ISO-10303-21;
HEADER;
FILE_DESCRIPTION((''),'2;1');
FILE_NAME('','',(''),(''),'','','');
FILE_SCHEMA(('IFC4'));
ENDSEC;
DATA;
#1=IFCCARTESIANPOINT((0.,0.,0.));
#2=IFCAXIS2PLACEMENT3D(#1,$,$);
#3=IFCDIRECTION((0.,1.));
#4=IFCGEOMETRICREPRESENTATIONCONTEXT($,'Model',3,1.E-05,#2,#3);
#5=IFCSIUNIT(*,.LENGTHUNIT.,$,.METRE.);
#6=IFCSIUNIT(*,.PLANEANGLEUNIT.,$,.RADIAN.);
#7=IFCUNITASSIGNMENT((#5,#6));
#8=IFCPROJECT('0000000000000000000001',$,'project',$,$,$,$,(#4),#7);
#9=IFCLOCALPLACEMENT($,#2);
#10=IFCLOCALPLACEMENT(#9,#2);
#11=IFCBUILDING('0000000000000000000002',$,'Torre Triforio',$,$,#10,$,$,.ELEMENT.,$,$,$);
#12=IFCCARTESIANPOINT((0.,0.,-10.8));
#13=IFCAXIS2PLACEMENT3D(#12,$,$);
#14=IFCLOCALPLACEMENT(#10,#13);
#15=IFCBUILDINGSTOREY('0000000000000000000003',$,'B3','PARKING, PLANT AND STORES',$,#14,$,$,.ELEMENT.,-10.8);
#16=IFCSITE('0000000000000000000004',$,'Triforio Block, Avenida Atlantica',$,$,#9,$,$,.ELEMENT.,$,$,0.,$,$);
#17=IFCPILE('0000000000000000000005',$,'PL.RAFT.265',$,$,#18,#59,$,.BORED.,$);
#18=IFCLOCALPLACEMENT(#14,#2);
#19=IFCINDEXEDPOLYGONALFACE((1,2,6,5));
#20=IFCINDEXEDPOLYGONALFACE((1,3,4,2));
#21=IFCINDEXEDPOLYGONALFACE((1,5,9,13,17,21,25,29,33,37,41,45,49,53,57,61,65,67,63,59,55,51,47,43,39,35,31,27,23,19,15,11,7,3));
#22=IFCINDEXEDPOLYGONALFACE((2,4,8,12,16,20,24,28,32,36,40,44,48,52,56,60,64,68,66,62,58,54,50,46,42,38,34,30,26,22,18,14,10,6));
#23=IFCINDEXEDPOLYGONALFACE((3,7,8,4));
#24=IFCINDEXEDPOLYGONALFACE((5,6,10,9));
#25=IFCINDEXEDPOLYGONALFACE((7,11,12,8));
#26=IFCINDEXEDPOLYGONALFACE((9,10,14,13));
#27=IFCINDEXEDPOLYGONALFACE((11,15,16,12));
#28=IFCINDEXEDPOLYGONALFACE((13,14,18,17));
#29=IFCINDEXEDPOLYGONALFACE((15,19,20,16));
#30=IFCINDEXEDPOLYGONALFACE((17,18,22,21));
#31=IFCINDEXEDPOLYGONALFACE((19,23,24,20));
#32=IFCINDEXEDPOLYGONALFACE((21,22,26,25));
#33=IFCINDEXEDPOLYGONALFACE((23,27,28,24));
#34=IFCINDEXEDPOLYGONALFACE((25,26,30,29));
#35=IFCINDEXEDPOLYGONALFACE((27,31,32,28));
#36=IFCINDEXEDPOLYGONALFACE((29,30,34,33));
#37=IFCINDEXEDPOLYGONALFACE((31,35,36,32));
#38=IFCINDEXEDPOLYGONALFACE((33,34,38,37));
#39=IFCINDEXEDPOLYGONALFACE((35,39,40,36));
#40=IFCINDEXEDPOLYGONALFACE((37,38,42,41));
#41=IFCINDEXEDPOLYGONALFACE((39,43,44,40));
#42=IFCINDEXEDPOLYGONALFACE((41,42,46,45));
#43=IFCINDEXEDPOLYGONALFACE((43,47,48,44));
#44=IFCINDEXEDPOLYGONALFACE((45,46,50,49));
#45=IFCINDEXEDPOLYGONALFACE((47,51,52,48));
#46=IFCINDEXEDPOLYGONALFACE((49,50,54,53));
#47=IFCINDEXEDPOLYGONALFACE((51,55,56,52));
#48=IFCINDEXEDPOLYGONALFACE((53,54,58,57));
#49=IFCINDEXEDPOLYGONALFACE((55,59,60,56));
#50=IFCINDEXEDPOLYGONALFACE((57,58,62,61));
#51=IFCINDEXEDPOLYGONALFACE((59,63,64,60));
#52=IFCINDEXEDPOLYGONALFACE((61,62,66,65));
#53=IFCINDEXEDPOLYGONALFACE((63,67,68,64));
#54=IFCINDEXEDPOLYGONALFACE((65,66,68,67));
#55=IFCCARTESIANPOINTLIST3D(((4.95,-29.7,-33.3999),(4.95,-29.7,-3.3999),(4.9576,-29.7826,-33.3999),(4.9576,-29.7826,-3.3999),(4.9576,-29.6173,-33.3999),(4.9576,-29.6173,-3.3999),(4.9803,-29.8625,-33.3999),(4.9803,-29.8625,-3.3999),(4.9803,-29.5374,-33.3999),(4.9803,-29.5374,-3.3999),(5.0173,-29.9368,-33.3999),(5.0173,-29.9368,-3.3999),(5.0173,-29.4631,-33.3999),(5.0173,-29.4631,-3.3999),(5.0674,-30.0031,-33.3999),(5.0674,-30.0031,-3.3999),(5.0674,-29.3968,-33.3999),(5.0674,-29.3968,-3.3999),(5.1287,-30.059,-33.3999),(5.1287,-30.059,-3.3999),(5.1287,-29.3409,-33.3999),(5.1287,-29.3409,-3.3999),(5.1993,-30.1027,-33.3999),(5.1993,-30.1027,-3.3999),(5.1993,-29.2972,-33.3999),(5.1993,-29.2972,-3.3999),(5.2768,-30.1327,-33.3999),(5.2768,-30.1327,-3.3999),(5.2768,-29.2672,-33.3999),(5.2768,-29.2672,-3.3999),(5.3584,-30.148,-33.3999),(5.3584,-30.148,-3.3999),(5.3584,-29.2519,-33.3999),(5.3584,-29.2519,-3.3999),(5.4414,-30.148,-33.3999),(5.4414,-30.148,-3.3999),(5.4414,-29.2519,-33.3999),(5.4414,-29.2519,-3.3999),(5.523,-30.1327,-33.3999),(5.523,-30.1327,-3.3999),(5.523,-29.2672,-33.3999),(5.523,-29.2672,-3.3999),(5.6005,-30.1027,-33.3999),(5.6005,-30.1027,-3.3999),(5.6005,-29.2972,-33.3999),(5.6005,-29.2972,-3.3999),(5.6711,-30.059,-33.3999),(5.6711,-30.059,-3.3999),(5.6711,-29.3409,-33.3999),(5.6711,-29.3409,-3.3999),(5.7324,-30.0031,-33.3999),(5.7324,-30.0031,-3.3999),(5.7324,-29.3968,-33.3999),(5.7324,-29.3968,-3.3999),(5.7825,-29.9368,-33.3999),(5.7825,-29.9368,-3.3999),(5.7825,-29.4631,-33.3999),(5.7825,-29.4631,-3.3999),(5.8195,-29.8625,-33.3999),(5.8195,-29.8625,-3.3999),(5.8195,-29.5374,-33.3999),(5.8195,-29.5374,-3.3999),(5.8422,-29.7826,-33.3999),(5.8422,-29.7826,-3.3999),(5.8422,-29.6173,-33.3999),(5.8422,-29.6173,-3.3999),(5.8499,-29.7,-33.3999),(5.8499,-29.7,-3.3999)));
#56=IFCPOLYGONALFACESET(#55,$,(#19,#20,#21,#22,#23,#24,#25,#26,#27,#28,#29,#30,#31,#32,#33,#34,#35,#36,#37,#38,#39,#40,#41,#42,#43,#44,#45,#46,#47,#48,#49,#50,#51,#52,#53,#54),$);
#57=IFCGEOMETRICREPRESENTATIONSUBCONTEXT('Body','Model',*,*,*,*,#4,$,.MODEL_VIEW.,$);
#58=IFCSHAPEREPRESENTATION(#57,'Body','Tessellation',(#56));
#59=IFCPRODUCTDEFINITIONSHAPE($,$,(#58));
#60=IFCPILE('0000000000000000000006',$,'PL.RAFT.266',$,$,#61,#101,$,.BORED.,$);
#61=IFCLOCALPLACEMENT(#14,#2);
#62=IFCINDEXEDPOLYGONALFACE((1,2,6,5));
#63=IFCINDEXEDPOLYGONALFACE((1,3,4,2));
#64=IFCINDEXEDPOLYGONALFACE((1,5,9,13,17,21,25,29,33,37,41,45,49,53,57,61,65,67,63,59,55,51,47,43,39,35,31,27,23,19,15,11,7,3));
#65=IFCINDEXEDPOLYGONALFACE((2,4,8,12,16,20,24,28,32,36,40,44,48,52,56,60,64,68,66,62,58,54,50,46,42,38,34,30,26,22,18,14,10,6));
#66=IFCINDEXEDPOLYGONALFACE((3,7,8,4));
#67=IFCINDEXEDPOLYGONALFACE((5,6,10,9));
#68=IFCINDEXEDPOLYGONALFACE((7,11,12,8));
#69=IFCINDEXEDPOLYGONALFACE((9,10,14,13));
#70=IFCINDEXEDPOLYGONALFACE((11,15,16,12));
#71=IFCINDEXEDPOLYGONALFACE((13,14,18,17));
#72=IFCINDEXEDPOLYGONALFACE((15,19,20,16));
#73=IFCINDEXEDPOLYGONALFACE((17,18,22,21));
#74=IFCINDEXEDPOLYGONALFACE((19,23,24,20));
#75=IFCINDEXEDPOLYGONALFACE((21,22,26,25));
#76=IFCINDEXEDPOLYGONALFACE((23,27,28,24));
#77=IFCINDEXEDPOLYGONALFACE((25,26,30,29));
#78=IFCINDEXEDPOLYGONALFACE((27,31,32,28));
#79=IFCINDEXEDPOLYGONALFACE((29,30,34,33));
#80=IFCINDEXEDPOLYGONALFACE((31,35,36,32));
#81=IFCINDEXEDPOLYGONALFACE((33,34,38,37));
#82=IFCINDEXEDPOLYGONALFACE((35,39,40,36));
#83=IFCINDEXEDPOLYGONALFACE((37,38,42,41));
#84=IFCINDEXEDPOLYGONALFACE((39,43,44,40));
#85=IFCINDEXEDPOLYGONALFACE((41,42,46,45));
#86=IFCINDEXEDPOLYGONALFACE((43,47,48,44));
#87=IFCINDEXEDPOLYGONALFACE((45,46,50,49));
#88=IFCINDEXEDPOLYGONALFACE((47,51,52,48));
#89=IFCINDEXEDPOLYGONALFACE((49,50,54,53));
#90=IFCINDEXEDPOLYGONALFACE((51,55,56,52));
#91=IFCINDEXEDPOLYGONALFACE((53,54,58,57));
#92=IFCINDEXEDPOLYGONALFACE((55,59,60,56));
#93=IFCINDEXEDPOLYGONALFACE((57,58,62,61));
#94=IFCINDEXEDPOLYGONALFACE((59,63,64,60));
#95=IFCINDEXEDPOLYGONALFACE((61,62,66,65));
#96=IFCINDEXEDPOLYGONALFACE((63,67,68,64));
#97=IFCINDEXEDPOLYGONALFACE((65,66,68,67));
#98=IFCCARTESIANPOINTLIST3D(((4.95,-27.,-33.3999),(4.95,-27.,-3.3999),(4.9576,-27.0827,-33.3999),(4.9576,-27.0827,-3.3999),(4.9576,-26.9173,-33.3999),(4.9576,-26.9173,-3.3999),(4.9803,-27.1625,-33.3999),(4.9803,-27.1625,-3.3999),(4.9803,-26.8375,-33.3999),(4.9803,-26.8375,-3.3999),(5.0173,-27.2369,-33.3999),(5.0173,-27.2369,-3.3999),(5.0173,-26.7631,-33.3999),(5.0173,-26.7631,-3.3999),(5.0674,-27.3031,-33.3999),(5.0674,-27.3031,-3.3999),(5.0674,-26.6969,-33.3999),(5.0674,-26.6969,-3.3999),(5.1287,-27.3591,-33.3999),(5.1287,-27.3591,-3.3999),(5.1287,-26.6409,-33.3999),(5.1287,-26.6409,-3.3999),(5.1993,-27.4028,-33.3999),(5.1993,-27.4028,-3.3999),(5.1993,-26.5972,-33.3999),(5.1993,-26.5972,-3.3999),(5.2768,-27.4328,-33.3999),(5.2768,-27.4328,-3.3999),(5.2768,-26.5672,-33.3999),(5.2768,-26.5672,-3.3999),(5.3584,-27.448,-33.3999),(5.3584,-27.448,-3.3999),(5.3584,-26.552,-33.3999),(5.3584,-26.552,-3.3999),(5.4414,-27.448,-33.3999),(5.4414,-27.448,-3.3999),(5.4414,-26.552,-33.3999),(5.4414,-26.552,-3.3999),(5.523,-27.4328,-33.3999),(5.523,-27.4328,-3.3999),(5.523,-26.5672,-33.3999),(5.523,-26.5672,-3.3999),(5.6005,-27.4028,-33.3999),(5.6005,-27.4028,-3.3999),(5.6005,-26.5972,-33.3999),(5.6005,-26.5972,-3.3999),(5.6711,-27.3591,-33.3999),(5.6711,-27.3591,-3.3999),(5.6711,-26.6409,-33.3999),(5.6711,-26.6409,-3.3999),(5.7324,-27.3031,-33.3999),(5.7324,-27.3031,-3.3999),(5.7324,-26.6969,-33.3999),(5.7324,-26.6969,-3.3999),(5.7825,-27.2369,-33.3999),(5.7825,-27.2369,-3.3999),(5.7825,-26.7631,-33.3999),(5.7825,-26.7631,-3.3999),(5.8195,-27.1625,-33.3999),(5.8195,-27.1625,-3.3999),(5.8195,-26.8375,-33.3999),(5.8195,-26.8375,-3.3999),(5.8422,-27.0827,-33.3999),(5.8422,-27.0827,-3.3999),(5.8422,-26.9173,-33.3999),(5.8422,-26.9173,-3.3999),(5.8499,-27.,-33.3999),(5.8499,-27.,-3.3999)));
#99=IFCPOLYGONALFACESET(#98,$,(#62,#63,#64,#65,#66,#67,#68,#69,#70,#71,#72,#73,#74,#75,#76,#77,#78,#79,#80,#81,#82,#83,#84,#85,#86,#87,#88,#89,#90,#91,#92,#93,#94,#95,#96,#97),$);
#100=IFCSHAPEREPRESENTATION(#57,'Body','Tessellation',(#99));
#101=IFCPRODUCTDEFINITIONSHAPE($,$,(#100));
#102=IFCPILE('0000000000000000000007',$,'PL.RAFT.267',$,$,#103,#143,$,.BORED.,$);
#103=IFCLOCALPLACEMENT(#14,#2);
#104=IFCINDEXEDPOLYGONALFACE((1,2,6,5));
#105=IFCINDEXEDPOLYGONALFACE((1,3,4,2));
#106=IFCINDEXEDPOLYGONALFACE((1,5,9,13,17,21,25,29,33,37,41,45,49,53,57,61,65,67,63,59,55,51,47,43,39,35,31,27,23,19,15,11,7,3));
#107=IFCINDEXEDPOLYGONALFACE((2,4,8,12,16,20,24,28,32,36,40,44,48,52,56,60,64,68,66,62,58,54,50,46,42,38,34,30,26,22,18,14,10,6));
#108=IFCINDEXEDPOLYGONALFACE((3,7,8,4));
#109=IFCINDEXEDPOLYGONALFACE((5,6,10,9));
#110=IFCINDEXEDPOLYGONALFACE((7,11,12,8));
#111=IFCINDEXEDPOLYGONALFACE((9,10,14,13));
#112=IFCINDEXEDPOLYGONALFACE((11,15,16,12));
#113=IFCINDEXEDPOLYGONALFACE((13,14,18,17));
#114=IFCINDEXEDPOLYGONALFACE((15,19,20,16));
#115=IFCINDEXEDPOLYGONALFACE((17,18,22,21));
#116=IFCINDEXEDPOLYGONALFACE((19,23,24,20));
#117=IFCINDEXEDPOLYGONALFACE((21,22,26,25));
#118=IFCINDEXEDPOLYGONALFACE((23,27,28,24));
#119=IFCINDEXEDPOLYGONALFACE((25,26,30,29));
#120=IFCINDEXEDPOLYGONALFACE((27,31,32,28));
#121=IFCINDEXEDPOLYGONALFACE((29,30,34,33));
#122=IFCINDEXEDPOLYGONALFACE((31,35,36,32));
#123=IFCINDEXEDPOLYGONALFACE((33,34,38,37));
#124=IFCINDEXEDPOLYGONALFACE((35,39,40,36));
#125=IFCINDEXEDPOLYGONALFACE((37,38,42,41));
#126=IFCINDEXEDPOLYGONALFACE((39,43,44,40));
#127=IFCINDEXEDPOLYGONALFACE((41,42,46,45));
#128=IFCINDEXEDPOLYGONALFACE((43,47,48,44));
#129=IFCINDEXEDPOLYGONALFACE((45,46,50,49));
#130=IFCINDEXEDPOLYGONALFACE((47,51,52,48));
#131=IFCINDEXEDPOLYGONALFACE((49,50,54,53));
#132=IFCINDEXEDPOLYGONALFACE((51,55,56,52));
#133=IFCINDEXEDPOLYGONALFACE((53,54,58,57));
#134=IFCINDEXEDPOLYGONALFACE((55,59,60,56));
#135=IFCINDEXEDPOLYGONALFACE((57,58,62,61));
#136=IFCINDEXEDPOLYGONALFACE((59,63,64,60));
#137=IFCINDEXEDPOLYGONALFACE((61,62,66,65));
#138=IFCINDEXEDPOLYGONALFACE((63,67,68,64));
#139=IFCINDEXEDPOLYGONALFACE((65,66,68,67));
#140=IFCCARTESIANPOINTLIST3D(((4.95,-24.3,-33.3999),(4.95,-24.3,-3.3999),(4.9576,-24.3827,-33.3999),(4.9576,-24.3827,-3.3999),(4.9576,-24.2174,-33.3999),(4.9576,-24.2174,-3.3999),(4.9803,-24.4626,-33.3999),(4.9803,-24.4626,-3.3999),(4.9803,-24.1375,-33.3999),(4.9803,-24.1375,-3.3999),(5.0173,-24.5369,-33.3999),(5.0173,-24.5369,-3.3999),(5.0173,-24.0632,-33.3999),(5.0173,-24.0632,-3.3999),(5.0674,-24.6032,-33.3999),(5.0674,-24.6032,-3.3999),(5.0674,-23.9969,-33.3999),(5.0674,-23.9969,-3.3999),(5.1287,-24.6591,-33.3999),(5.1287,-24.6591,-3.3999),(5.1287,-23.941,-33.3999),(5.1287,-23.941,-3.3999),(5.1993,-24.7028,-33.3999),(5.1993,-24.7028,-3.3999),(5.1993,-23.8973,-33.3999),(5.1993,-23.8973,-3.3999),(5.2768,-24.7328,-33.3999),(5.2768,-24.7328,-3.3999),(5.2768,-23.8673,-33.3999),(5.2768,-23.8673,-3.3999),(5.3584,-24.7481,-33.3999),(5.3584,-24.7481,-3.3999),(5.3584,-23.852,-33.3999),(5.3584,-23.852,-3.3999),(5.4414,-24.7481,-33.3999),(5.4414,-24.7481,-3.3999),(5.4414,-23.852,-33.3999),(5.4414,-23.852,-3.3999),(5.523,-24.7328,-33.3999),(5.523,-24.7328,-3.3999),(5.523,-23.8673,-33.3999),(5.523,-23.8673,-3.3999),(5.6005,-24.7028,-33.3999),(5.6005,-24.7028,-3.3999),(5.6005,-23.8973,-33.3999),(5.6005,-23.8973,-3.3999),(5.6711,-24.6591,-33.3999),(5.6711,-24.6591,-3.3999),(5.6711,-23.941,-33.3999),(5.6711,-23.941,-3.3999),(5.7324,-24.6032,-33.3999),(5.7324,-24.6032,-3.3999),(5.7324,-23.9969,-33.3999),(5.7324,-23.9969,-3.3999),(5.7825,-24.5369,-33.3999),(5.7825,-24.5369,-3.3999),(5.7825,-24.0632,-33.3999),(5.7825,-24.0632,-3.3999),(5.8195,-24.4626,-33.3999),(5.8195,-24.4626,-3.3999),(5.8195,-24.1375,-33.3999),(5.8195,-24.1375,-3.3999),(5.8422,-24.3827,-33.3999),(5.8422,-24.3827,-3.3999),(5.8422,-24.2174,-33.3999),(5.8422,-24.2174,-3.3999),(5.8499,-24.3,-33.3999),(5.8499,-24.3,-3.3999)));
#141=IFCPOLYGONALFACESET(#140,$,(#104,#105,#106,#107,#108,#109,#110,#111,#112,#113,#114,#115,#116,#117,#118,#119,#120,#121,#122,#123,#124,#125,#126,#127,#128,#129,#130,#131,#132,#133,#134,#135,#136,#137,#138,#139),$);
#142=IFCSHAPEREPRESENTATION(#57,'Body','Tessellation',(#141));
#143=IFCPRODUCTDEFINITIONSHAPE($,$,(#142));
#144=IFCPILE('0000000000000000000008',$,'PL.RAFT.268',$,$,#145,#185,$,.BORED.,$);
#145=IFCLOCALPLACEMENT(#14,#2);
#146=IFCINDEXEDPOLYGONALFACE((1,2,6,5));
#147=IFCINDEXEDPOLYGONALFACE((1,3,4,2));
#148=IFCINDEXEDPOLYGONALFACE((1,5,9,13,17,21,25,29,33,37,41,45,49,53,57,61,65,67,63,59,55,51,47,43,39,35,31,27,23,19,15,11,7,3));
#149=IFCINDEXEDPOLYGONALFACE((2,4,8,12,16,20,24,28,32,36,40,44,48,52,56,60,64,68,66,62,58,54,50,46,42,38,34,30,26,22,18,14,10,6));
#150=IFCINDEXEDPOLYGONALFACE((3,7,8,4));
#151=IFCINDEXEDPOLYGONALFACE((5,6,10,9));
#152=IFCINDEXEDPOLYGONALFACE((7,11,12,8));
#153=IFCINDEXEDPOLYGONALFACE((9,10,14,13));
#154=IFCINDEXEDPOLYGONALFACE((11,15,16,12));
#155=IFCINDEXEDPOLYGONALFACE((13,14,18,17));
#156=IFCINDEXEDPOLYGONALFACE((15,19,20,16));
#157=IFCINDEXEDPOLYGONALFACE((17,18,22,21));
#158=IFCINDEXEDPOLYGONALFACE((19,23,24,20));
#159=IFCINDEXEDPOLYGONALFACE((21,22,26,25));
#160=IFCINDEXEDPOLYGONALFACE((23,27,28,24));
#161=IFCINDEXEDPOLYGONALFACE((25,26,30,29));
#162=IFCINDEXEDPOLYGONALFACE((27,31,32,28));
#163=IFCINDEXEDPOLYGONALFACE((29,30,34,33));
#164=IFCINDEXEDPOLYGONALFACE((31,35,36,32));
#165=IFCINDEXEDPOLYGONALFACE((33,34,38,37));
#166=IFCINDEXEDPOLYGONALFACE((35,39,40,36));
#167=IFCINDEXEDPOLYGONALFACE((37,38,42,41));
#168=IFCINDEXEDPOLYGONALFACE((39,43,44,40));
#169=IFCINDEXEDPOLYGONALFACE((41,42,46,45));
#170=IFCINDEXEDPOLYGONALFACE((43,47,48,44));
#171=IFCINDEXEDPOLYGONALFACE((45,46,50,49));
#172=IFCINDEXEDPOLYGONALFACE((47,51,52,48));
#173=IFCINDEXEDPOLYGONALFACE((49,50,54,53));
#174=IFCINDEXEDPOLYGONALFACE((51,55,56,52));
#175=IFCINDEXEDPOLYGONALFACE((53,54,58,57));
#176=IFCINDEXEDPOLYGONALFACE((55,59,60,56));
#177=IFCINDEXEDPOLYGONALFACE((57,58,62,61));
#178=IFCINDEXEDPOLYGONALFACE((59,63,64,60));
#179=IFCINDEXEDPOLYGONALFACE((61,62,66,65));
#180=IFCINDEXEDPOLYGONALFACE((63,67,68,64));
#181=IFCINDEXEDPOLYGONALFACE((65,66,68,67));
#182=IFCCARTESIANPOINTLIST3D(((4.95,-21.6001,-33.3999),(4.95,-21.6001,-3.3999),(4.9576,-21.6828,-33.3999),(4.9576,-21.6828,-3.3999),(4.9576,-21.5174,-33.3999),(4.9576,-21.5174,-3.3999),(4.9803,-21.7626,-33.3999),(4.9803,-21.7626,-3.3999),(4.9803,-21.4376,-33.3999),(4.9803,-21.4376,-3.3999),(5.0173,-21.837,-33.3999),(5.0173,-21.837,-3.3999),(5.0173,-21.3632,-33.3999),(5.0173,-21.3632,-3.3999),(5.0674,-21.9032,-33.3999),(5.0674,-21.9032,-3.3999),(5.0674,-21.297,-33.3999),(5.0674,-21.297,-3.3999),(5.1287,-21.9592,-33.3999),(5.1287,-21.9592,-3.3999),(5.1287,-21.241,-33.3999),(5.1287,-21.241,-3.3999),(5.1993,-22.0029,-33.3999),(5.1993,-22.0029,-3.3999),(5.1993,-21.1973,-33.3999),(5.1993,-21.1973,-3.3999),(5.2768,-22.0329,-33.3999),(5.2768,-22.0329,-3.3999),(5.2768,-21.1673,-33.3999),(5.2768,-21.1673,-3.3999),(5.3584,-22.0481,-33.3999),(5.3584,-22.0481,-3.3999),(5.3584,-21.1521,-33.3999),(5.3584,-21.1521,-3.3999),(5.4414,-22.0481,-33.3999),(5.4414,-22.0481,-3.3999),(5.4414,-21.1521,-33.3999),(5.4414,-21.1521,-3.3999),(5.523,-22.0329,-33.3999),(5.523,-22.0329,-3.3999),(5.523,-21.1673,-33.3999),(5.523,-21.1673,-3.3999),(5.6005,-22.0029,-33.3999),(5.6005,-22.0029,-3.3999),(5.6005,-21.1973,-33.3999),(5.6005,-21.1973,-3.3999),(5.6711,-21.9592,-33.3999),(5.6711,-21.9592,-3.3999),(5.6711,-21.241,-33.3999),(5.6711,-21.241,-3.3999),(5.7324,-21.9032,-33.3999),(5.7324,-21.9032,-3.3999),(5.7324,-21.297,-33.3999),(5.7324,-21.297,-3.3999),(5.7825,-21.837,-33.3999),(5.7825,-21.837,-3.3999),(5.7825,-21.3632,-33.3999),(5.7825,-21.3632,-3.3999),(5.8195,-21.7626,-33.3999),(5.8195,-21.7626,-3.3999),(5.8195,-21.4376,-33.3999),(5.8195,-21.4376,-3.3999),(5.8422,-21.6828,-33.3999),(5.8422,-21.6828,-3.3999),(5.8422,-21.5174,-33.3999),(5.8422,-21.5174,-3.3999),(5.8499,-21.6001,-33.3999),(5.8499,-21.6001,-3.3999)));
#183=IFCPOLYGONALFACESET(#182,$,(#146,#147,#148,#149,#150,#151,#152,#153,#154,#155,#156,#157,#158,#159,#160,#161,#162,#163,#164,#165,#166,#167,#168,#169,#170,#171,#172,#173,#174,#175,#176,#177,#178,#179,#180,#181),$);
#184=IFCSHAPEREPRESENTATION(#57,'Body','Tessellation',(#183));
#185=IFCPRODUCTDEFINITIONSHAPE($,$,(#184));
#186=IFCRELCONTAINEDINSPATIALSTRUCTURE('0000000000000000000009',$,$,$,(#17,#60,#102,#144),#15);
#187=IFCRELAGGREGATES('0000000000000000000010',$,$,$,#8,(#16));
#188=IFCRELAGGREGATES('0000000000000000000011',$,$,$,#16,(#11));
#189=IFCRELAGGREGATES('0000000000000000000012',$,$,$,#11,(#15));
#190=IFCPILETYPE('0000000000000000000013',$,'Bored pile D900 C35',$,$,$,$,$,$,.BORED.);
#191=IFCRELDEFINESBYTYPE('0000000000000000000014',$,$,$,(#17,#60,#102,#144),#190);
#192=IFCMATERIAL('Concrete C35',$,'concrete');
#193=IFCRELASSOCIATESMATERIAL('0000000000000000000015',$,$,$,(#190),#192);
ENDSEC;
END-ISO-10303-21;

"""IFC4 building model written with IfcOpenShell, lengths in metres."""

from ifc_helpers import new_model, si_unit, direction, frame, origin, origin_2d, place, context, subcontext, project, spatial, circle, extrude, material, material_profile, profile_set, type_object, element, save


model = new_model("IFC4")

# Units and contexts
model_context = context("Model", 3, precision=1e-05, world=origin(), true_north=direction((0.0, 1.0)))
body_context = subcontext(model_context, "Body", "Model", "MODEL_VIEW")
ifc_project = project(units=[si_unit("LENGTHUNIT", "METRE"), si_unit("PLANEANGLEUNIT", "RADIAN")], contexts=[model_context])

# Site, building, storey
site_placement = place(None, origin())
site = spatial("IfcSite", under=ifc_project, at=site_placement, Name="Triforio Block, Avenida Atlantica", CompositionType="ELEMENT", RefElevation=0.0)
building_placement = place(site_placement, origin())
building = spatial("IfcBuilding", under=site, at=building_placement, Name="Torre Triforio", CompositionType="ELEMENT")
storey_placement = place(building_placement, frame((0.0, 0.0, -10.8)))
storey = spatial("IfcBuildingStorey", under=building, at=storey_placement, Name="B3", Description="PARKING, PLANT AND STORES", CompositionType="ELEMENT", Elevation=-10.8)

# Piles
ifc_material_1 = material(Name="Concrete C35", Category="concrete")
ifc_material_profile_1 = material_profile(ifc_material_1, circle(Radius=0.45, at=origin_2d()), Name="RC D900")
ifc_profile_set_1 = profile_set([ifc_material_profile_1], Name="Concrete C35")
pile_type = type_object("IfcPileType", Name="Bored pile D900 C35", PredefinedType="BORED", material=ifc_profile_set_1)
for number, where, z_axis, x_axis, name in (
    (1, (5.3999, -29.7, -3.3999), (0.0, 0.0, -1.0), (1.0, 0.0, 0.0), "PL.RAFT.265"),
    (2, (5.3999, -27.0, -3.3999), (0.0, 0.0, -1.0), (1.0, 0.0, 0.0), "PL.RAFT.266"),
    (3, (5.3999, -24.3, -3.3999), (0.0, 0.0, -1.0), (1.0, 0.0, 0.0), "PL.RAFT.267"),
    (4, (5.3999, -21.6001, -3.3999), (0.0, 0.0, -1.0), (1.0, 0.0, 0.0), "PL.RAFT.268"),
):
    element("IfcPile", number, at=place(storey_placement, frame(where, z_axis=z_axis, x_axis=x_axis)), inside=storey, type_object=pile_type, Name=name, PredefinedType="BORED", context=body_context, shape_type="SweptSolid", body=[
        extrude(circle(Radius=0.45, at=origin_2d()), origin(), (0.0, 0.0, 1.0), 30.0),
    ])

save(model, "model.ifc")
